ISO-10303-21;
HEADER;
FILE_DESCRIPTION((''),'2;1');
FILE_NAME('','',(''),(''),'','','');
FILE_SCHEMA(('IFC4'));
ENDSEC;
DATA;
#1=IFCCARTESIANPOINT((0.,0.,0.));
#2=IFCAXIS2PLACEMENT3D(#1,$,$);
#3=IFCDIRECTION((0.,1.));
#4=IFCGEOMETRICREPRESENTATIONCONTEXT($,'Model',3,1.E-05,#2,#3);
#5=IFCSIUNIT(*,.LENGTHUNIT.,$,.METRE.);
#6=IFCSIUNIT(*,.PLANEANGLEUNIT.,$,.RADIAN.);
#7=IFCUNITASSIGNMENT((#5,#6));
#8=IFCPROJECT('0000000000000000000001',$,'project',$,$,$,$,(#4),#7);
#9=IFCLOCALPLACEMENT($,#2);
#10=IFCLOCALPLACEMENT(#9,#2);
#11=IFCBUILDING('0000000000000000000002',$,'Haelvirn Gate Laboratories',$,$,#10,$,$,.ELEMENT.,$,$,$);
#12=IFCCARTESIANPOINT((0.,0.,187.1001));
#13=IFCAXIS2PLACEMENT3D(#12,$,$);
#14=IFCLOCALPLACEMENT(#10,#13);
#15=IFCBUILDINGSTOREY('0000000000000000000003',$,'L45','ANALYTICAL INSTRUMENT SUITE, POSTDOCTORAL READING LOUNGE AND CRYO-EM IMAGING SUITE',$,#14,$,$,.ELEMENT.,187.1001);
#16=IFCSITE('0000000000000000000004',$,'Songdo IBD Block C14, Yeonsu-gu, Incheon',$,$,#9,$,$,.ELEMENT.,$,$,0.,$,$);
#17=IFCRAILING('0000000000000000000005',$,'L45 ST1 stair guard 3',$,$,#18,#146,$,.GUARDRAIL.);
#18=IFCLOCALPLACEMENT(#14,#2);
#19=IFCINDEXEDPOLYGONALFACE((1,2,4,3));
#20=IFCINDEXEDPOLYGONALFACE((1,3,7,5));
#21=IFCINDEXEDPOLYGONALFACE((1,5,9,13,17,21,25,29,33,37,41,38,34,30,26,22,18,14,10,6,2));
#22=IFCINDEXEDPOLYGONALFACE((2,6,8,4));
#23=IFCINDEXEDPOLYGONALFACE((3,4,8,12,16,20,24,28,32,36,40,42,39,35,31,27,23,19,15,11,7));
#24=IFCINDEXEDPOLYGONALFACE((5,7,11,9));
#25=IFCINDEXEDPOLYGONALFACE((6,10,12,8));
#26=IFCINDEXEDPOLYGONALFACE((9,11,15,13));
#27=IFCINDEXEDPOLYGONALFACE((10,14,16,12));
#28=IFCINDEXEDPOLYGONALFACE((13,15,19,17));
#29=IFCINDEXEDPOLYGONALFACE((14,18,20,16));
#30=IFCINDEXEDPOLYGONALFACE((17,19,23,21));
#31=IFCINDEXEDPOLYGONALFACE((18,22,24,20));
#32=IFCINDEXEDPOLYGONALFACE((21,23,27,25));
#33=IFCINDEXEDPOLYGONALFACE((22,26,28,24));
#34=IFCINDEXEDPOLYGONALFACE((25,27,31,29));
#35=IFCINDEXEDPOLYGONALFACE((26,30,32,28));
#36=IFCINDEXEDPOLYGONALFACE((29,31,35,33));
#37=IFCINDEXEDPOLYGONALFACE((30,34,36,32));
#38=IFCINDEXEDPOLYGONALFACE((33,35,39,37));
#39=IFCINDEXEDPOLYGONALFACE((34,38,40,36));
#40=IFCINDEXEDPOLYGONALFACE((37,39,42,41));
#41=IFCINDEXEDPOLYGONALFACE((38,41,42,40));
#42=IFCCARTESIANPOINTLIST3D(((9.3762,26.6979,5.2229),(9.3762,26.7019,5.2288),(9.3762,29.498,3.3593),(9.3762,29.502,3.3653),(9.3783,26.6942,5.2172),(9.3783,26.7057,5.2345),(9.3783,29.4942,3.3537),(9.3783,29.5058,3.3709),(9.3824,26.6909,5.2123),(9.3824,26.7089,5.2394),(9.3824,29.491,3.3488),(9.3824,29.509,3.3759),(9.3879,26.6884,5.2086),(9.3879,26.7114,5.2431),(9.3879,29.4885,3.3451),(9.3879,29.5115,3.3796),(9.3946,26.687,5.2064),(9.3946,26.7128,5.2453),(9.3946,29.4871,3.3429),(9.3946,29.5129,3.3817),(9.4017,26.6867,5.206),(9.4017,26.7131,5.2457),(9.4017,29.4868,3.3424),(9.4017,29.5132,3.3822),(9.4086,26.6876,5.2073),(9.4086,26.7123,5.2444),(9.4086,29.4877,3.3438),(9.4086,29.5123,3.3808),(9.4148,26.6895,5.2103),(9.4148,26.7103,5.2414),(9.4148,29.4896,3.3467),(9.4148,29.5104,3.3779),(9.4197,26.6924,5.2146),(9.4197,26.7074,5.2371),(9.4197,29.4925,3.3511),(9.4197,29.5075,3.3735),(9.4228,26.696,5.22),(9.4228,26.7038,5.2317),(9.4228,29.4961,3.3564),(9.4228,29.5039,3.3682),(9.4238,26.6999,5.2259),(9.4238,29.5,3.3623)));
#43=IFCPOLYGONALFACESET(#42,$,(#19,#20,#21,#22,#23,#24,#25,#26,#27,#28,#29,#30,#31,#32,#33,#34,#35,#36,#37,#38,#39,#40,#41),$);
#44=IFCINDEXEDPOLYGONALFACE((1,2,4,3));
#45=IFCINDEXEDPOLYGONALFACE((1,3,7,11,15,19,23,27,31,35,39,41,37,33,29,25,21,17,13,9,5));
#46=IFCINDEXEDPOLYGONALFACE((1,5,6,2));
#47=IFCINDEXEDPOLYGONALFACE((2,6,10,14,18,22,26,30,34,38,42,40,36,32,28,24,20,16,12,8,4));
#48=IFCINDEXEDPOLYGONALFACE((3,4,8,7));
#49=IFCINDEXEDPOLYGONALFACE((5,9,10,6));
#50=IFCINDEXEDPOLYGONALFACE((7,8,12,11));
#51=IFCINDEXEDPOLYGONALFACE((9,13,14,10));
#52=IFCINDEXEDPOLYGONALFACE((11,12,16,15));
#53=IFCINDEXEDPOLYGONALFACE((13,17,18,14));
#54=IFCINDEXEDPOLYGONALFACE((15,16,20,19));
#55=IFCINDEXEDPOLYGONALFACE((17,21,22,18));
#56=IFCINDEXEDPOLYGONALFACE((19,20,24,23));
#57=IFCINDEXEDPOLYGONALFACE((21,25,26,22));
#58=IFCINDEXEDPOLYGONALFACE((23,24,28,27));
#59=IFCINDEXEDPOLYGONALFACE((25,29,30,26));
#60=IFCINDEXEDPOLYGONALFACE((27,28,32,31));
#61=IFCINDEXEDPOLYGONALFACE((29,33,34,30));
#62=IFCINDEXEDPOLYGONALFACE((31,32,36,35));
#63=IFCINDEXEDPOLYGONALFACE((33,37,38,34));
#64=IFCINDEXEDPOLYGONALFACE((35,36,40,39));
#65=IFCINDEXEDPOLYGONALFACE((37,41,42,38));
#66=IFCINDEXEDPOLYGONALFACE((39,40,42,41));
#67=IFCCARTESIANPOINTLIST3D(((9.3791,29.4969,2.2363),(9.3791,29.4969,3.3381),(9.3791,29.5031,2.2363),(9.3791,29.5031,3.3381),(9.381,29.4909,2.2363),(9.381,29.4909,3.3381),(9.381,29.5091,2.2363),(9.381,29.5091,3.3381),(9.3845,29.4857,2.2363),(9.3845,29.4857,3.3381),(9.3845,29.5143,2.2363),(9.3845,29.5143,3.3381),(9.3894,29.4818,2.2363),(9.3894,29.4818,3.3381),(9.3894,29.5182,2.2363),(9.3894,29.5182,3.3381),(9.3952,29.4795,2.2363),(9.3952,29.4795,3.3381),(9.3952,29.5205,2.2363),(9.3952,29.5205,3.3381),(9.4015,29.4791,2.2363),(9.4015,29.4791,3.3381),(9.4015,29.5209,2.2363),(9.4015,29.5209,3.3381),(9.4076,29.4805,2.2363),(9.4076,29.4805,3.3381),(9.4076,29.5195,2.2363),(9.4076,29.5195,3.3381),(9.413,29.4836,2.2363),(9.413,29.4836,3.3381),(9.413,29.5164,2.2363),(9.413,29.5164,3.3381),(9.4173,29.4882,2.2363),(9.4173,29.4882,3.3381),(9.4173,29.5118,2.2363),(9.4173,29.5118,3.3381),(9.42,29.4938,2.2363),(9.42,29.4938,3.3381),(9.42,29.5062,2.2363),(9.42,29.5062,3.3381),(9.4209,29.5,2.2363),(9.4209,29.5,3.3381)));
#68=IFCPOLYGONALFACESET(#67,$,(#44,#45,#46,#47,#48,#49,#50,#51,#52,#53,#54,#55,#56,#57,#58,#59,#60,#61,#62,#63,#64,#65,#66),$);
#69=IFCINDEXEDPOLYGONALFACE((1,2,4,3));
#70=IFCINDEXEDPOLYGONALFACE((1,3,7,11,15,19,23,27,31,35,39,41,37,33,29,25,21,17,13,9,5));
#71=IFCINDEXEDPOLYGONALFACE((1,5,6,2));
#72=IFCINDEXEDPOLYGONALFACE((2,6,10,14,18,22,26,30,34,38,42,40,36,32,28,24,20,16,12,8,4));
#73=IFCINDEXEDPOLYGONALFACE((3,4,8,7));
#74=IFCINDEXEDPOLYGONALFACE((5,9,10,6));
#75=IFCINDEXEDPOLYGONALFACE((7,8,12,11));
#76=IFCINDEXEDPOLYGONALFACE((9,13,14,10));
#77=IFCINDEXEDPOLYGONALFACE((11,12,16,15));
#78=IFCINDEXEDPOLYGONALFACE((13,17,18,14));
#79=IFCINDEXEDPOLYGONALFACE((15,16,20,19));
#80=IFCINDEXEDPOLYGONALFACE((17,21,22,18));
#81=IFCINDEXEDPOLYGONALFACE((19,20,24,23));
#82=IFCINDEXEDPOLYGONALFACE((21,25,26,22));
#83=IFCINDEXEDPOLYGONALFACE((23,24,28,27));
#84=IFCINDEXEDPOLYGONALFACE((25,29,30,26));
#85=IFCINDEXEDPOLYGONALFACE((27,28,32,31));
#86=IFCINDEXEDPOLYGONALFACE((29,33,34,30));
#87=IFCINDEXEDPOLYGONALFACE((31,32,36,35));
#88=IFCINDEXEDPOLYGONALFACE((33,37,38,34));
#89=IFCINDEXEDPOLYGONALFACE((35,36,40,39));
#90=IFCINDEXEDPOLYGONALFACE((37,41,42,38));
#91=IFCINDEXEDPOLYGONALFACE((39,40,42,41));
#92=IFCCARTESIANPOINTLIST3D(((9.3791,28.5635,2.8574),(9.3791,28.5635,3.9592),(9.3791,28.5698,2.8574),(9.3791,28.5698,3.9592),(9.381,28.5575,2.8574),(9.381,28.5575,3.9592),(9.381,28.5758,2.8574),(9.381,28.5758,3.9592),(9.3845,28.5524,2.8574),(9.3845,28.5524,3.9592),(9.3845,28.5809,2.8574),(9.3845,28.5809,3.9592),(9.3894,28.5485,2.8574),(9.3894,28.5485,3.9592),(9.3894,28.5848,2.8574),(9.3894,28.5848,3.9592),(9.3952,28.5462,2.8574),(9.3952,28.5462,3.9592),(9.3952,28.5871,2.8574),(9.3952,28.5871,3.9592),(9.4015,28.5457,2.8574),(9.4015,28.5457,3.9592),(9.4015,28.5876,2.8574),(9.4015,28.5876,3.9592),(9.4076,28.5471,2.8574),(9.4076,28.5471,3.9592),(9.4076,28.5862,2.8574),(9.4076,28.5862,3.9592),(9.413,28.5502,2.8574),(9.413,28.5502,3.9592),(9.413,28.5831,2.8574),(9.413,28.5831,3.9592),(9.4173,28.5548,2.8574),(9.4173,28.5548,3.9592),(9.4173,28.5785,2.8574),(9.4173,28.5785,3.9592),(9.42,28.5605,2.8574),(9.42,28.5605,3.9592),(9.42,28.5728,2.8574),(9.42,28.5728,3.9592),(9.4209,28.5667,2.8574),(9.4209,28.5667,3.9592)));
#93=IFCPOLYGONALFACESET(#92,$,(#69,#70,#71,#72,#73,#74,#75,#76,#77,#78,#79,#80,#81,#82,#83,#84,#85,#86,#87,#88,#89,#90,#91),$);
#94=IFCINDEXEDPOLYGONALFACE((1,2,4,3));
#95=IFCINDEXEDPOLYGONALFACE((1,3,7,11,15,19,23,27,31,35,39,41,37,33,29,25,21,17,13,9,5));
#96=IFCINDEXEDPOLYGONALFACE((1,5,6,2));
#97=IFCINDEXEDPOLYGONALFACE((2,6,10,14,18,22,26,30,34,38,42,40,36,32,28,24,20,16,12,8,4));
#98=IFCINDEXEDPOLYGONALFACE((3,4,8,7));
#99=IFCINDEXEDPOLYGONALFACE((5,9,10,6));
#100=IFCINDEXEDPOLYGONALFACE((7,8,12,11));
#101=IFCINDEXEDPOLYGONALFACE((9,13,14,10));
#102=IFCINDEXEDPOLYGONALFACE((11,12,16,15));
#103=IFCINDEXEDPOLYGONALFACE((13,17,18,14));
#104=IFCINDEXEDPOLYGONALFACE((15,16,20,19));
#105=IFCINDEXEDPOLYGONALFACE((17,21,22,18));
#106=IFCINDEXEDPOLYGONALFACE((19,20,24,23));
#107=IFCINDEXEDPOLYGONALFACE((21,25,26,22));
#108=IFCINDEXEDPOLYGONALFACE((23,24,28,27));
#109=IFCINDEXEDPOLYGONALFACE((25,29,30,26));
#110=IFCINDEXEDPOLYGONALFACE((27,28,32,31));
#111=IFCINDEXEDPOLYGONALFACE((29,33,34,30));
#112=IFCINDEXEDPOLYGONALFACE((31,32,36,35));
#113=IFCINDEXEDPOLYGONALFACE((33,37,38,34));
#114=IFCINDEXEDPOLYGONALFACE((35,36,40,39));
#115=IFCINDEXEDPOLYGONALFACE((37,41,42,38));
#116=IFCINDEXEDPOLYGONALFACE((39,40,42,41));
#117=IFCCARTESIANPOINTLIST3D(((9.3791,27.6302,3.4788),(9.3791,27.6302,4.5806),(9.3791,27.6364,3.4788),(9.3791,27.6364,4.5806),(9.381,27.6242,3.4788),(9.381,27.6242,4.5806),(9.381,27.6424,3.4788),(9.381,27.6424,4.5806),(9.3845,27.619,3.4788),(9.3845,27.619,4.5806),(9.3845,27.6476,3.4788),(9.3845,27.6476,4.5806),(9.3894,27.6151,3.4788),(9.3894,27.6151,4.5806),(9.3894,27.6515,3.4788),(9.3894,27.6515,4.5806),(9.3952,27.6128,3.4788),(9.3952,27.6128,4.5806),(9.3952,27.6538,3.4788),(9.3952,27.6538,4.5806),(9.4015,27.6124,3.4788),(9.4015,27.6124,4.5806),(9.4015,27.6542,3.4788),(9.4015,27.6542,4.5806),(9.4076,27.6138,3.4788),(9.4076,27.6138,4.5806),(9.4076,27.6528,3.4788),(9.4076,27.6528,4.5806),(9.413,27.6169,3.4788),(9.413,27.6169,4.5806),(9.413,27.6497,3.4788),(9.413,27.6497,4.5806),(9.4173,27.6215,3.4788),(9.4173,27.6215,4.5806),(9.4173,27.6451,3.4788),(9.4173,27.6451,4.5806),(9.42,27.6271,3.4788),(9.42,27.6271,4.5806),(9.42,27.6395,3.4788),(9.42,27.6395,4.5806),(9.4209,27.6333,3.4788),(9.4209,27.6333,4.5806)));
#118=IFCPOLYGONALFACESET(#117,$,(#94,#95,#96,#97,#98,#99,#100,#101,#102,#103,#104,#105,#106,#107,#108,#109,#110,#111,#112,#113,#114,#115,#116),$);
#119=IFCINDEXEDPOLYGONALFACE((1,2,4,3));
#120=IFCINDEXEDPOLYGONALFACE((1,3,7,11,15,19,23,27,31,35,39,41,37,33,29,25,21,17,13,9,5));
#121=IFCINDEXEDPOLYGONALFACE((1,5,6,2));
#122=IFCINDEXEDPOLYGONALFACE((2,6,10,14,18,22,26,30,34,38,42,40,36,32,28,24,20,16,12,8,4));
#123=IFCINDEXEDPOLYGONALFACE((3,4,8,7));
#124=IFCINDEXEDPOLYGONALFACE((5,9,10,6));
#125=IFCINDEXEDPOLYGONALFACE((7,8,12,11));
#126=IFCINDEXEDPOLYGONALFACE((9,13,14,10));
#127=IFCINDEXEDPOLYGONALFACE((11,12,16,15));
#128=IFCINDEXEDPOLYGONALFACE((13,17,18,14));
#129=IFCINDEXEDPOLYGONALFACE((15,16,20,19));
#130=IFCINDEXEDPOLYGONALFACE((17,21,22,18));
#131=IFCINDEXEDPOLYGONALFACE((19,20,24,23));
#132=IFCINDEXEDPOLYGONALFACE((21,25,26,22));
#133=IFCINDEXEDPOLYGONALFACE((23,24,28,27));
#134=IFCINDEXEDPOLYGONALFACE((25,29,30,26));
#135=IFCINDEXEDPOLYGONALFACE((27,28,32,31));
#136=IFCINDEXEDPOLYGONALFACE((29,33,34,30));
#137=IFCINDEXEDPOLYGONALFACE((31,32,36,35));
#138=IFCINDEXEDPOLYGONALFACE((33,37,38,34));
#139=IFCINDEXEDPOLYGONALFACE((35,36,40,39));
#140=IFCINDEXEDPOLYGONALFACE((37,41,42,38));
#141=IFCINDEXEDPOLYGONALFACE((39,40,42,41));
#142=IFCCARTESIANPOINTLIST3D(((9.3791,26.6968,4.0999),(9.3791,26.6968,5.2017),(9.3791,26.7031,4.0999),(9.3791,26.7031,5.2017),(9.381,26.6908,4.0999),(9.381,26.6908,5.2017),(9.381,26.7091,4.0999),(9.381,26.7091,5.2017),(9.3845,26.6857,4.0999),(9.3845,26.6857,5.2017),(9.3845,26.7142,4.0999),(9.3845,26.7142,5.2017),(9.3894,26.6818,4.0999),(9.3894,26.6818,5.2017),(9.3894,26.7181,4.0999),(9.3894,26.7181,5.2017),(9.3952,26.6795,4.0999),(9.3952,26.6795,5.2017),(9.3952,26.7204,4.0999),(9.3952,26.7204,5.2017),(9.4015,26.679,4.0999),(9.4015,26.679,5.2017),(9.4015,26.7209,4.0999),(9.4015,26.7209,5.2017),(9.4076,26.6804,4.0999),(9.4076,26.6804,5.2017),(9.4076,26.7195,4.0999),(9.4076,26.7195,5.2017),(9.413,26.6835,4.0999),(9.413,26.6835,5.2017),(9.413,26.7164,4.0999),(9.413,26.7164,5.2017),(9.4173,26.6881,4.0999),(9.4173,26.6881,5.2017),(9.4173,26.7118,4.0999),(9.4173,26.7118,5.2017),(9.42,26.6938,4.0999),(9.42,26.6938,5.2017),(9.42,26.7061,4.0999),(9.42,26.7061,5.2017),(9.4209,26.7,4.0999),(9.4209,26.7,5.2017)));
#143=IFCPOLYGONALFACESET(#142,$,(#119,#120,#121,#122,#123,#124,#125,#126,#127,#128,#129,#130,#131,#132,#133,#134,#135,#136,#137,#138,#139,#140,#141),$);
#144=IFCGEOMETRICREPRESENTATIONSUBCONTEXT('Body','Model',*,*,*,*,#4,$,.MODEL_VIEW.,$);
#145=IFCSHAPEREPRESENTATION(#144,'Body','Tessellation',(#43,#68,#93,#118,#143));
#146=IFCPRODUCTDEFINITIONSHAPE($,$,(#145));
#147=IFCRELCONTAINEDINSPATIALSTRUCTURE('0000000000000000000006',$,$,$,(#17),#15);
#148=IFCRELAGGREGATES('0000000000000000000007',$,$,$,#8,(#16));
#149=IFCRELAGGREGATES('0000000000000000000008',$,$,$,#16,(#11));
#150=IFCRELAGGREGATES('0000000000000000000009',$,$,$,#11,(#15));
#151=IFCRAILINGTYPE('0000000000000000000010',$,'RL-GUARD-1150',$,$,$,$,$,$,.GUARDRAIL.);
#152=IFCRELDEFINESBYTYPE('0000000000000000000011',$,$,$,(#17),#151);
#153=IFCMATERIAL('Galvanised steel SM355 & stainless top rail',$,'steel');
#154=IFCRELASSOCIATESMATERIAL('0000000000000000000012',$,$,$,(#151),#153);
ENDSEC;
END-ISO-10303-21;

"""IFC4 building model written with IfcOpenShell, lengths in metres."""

from ifc_helpers import new_model, si_unit, direction, frame, origin, origin_2d, place, context, subcontext, project, spatial, circle, extrude, source, transform, mapped, material, type_object, element, save


model = new_model("IFC4")

# Units and contexts
model_context = context("Model", 3, precision=1e-05, world=origin(), true_north=direction((0.0, 1.0)))
body_context = subcontext(model_context, "Body", "Model", "MODEL_VIEW")
ifc_project = project(units=[si_unit("LENGTHUNIT", "METRE"), si_unit("PLANEANGLEUNIT", "RADIAN")], contexts=[model_context])

# Site, building, storey
site_placement = place(None, origin())
site = spatial("IfcSite", under=ifc_project, at=site_placement, Name="Songdo IBD Block C14, Yeonsu-gu, Incheon", CompositionType="ELEMENT", RefElevation=0.0)
building_placement = place(site_placement, origin())
building = spatial("IfcBuilding", under=site, at=building_placement, Name="Haelvirn Gate Laboratories", CompositionType="ELEMENT")
storey_placement = place(building_placement, frame((0.0, 0.0, 187.1001)))
storey = spatial("IfcBuildingStorey", under=building, at=storey_placement, Name="L45", Description="ANALYTICAL INSTRUMENT SUITE, POSTDOCTORAL READING LOUNGE AND CRYO-EM IMAGING SUITE", CompositionType="ELEMENT", Elevation=187.1001)

# Railing
ifc_material_1 = material(Name="Galvanised steel SM355 & stainless top rail", Category="steel")
railing_type_1 = type_object("IfcRailingType", Name="RL-GUARD-1150", PredefinedType="GUARDRAIL", material=ifc_material_1)
shared_shape_1 = source(origin(), body_context, "Body", "SweptSolid", [
    extrude(circle(Radius=0.0239, at=origin_2d()), frame((0.0, 0.0, 1.126), z_axis=(0.0, -0.832486, 0.554047), x_axis=(1.0, 0.0, 0.0)), (0.0, 0.0, 1.0), 3.3635),
    extrude(circle(Radius=0.021, at=origin_2d()), origin(), (0.0, 0.0, 1.0), 1.1018),
    extrude(circle(Radius=0.021, at=origin_2d()), frame((0.0, -0.9333, 0.6211)), (0.0, 0.0, 1.0), 1.1018),
    extrude(circle(Radius=0.021, at=origin_2d()), frame((0.0, -1.8667, 1.2424)), (0.0, 0.0, 1.0), 1.1018),
    extrude(circle(Radius=0.021, at=origin_2d()), frame((0.0, -2.8, 1.8635)), (0.0, 0.0, 1.0), 1.1018),
])
railing_1_placement = place(storey_placement, frame((9.3999, 29.5, 2.2363)))
element("IfcRailing", 1, at=railing_1_placement, inside=storey, type_object=railing_type_1, Name="L45 ST1 stair guard 3", PredefinedType="GUARDRAIL", context=body_context, shape_type="MappedRepresentation", body=[
    mapped(shared_shape_1, transform((0.0, 0.0, 0.0), scale=1.0)),
])

save(model, "model.ifc")
